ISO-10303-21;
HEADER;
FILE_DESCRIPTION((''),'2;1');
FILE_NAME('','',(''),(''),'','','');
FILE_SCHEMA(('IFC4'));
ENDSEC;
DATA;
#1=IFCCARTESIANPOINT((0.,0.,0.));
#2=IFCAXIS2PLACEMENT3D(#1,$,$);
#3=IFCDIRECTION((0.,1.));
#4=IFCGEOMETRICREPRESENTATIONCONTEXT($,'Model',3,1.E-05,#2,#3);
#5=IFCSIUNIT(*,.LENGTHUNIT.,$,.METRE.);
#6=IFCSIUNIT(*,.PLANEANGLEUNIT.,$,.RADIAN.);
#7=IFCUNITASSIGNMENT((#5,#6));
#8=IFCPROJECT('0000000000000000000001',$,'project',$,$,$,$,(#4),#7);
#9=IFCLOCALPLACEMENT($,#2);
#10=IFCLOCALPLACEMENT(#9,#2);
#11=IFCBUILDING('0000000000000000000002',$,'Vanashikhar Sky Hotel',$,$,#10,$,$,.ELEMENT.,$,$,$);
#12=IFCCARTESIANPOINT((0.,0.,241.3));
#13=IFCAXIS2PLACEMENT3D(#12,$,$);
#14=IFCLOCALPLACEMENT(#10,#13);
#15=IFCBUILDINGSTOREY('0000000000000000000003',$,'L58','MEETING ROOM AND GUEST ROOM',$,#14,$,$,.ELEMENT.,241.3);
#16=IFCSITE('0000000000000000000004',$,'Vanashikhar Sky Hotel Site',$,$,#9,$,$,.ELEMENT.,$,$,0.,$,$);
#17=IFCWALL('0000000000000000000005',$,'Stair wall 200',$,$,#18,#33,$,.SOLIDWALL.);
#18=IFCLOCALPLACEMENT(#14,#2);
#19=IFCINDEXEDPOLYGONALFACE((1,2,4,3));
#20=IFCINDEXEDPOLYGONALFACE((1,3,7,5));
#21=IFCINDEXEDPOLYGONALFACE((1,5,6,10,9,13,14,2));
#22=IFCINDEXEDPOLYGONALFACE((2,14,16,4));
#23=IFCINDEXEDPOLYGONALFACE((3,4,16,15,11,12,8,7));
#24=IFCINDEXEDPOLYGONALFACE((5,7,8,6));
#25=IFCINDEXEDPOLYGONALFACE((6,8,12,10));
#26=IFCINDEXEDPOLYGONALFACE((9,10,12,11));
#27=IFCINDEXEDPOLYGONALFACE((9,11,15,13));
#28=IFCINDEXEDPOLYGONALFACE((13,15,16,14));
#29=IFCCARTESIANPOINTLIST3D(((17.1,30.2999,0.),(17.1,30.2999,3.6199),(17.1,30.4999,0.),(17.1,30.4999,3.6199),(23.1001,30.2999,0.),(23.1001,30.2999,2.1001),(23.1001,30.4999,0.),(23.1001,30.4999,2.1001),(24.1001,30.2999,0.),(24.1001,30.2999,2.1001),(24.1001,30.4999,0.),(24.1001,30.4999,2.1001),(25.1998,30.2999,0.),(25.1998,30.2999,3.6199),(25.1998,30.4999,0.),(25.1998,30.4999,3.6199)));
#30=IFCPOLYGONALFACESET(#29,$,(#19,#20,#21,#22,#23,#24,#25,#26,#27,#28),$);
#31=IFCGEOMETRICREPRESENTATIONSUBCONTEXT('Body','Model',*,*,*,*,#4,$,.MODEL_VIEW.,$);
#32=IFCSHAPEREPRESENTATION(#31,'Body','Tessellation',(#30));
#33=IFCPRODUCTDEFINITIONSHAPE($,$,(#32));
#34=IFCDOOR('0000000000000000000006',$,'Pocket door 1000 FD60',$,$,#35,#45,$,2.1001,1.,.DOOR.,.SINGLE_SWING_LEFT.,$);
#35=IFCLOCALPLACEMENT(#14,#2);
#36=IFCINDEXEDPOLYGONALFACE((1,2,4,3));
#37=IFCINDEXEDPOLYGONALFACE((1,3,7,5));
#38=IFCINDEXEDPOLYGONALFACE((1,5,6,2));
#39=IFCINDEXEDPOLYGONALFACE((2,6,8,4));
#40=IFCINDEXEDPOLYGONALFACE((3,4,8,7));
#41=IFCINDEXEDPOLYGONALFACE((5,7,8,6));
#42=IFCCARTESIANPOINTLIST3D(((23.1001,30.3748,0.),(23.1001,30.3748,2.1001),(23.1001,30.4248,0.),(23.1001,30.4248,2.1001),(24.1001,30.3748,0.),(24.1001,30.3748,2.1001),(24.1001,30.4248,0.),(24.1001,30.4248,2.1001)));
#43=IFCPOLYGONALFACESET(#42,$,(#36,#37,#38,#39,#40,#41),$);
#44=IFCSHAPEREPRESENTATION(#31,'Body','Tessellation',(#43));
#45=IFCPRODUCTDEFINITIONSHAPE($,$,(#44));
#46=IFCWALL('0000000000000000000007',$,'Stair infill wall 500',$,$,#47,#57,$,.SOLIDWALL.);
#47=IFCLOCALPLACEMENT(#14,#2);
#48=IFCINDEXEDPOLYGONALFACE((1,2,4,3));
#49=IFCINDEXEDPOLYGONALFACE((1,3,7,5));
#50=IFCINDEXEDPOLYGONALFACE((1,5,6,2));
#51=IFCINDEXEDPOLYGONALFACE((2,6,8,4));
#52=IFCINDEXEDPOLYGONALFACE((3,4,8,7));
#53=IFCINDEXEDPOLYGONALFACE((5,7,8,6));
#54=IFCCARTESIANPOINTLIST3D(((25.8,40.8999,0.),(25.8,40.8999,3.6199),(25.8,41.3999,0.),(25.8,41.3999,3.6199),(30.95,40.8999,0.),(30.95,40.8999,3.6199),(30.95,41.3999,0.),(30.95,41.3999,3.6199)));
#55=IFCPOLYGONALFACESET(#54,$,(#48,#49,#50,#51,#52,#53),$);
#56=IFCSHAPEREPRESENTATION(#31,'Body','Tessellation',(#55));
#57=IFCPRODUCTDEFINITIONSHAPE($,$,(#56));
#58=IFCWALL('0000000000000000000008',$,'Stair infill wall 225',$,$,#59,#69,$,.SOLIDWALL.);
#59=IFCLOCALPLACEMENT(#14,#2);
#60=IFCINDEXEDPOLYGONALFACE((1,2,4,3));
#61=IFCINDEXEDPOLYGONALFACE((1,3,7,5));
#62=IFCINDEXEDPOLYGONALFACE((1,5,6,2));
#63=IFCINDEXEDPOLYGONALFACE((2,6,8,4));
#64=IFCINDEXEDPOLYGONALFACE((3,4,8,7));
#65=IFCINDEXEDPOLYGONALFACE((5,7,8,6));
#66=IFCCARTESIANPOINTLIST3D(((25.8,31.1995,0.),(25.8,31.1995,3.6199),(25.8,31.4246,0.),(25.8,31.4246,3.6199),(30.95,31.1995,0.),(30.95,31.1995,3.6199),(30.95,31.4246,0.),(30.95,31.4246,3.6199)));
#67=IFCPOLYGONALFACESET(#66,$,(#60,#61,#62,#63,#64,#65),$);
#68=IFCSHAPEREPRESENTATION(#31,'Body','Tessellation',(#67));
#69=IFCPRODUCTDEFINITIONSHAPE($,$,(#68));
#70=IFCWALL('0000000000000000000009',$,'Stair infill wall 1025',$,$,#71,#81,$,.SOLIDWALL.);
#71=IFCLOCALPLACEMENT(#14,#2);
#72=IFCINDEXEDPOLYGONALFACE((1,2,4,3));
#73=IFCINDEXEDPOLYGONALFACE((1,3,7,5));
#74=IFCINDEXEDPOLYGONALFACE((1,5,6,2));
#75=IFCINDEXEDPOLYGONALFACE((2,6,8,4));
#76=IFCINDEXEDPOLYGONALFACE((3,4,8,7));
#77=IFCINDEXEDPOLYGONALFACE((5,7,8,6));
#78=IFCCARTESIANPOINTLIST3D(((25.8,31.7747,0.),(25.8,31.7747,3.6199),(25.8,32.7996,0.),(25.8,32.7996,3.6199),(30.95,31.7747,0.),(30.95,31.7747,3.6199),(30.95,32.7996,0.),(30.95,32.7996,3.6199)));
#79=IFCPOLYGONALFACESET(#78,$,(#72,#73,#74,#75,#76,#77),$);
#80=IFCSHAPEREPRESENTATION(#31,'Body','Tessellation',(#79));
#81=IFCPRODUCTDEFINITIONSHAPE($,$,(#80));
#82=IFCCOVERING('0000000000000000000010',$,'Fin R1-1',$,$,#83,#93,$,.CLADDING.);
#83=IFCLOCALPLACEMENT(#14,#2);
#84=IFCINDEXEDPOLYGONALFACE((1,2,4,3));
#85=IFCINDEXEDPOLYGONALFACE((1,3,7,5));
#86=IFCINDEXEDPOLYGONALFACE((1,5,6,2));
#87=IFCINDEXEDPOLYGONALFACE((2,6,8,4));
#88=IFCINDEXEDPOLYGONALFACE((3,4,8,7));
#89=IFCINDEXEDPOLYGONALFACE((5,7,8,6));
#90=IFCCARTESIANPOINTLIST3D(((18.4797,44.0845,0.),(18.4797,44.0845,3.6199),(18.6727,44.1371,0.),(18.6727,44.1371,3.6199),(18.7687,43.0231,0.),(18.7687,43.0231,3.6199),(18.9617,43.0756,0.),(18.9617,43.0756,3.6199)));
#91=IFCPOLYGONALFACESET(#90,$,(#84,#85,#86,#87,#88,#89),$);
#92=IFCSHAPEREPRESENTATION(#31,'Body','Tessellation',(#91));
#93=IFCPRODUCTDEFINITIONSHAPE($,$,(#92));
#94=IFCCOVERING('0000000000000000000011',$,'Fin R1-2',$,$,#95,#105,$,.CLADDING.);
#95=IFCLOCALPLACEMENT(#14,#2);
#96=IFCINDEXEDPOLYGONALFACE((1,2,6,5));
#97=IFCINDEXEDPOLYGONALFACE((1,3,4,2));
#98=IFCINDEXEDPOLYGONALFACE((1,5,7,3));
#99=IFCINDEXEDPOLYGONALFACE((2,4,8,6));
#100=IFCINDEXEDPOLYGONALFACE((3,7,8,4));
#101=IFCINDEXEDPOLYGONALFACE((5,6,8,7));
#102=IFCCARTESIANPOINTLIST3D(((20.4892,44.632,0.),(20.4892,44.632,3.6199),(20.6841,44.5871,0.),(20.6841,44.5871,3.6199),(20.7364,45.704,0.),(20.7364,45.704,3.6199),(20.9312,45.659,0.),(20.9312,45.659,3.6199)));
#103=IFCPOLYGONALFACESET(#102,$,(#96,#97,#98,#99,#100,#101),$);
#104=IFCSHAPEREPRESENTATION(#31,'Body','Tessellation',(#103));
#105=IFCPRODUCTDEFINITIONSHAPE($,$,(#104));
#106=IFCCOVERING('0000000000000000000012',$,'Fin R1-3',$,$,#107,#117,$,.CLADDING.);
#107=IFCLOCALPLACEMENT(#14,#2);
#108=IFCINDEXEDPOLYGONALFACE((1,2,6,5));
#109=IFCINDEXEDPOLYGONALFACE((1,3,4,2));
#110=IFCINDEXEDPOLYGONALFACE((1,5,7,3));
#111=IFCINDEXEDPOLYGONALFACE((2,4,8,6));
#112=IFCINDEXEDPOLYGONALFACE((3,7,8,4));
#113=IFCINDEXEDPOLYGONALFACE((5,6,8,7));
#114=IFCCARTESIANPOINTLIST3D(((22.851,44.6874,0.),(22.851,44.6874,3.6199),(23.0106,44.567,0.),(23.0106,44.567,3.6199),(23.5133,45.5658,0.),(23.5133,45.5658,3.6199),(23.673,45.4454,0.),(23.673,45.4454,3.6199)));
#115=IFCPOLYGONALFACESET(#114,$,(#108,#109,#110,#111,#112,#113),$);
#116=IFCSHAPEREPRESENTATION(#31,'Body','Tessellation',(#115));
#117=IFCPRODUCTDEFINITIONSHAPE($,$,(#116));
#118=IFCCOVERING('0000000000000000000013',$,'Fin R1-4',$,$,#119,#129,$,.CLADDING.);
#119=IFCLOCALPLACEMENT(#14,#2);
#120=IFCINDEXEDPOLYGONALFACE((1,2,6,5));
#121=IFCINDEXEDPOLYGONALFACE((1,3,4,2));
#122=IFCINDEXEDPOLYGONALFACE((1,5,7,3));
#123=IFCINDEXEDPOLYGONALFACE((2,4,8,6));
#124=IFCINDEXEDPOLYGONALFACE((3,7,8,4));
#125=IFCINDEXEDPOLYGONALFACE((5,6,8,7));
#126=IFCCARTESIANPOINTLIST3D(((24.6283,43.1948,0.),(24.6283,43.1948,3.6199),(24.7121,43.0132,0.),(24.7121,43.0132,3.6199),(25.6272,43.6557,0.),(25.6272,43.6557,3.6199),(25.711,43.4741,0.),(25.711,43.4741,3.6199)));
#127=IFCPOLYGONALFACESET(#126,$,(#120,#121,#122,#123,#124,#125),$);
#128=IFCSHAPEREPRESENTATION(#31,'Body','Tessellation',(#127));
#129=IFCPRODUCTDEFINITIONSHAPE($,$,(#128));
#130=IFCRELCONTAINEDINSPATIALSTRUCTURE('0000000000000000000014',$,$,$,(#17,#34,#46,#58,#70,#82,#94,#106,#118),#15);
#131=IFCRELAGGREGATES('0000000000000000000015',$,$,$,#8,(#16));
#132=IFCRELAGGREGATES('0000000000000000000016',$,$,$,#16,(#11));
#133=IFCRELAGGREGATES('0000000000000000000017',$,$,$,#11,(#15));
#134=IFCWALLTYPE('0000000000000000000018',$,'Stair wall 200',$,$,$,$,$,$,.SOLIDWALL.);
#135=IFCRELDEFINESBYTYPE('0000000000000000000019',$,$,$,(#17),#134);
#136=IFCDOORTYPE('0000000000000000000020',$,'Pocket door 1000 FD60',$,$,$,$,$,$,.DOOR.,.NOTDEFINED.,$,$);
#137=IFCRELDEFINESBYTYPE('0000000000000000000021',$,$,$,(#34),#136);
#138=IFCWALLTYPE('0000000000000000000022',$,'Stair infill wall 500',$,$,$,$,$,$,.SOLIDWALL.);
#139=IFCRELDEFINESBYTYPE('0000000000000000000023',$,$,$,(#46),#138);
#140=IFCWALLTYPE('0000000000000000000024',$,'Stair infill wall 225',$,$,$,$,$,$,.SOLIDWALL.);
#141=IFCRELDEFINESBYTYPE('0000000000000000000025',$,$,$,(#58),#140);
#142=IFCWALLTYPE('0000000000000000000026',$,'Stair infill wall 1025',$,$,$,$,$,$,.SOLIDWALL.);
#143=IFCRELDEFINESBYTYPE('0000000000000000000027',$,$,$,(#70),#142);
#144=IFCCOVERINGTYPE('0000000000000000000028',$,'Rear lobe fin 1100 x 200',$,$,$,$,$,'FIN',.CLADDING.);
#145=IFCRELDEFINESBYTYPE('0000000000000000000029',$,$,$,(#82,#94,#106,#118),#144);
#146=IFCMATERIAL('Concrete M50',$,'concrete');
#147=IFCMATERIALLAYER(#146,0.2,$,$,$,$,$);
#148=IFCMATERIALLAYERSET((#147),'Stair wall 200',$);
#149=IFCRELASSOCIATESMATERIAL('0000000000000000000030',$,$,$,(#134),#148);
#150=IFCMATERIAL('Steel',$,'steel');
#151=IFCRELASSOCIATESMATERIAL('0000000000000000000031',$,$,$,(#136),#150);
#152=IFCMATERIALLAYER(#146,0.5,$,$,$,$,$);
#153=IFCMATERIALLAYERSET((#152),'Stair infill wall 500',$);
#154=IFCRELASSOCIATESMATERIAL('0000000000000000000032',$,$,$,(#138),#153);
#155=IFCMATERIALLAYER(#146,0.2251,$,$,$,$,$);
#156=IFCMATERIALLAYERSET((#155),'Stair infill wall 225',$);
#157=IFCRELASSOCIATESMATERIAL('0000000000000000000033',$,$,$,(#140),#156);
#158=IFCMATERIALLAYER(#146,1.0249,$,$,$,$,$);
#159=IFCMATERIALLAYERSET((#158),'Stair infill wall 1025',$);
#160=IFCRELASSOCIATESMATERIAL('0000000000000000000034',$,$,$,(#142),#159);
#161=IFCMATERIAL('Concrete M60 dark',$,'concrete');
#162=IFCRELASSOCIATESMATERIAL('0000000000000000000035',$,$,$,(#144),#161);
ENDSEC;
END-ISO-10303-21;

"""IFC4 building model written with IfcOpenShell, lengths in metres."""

from ifc_helpers import new_model, si_unit, direction, frame, frame_2d, origin, origin_2d, place, context, subcontext, project, spatial, rectangle, extrude, source, transform, mapped, material, layer, layer_set, material_profile, profile_set, type_object, element, fill, save


model = new_model("IFC4")

# Units and contexts
model_context = context("Model", 3, precision=1e-05, world=origin(), true_north=direction((0.0, 1.0)))
body_context = subcontext(model_context, "Body", "Model", "MODEL_VIEW")
ifc_project = project(units=[si_unit("LENGTHUNIT", "METRE"), si_unit("PLANEANGLEUNIT", "RADIAN")], contexts=[model_context])

# Site, building, storey
site_placement = place(None, origin())
site = spatial("IfcSite", under=ifc_project, at=site_placement, Name="Vanashikhar Sky Hotel Site", CompositionType="ELEMENT", RefElevation=0.0)
building_placement = place(site_placement, origin())
building = spatial("IfcBuilding", under=site, at=building_placement, Name="Vanashikhar Sky Hotel", CompositionType="ELEMENT")
storey_placement = place(building_placement, frame((0.0, 0.0, 241.3)))
storey = spatial("IfcBuildingStorey", under=building, at=storey_placement, Name="L58", Description="MEETING ROOM AND GUEST ROOM", CompositionType="ELEMENT", Elevation=241.3)

# Shared definitions
ifc_material_1 = material(Name="Concrete M50", Category="concrete")

# Wall, opening, door
ifc_layer_1 = layer(ifc_material_1, 0.2)
ifc_layer_set_1 = layer_set([ifc_layer_1], Name="Stair wall 200")
wall_type_1 = type_object("IfcWallType", Name="Stair wall 200", PredefinedType="SOLIDWALL", material=ifc_layer_set_1)
shared_shape_1 = source(origin(), body_context, "Body", "SweptSolid", [
    extrude(rectangle(XDim=8.0999, YDim=0.2, at=frame_2d((4.0498, 0.0))), origin(), (0.0, 0.0, 1.0), 3.6199),
])
wall_1_placement = place(storey_placement, frame((17.1001, 30.3999, 0.0), z_axis=(0.0, 0.0, 1.0), x_axis=(1.0, 0.0, 0.0)))
wall_1 = element("IfcWall", 1, at=wall_1_placement, inside=storey, type_object=wall_type_1, Name="Stair wall 200", PredefinedType="SOLIDWALL", context=body_context, shape_type="MappedRepresentation", body=[
    mapped(shared_shape_1, transform((0.0, 0.0, 0.0), scale=1.0)),
])
shared_shape_2 = source(origin(), body_context, "Body", "SweptSolid", [
    extrude(rectangle(XDim=1.0, YDim=2.1001, at=frame_2d((0.5, 1.05))), frame((0.0, 0.1099, 0.0), z_axis=(0.0, -1.0, 0.0), x_axis=(1.0, 0.0, 0.0)), (0.0, 0.0, 1.0), 0.22),
])
opening_1_placement = place(wall_1_placement, frame((6.0, 0.0, 0.0)))
opening_1 = element("IfcOpeningElement", 2, at=opening_1_placement, cuts=wall_1, PredefinedType="OPENING", context=body_context, shape_type="MappedRepresentation", body=[
    mapped(shared_shape_2, transform((0.0, 0.0, 0.0), scale=1.0)),
])
ifc_material_2 = material(Name="Steel", Category="steel")
door_type_1 = type_object("IfcDoorType", Name="Pocket door 1000 FD60", OperationType="NOTDEFINED", PredefinedType="DOOR", material=ifc_material_2)
shared_shape_3 = source(origin(), body_context, "Body", "SweptSolid", [
    extrude(rectangle(XDim=1.0, YDim=2.1001, at=frame_2d((0.5, 1.05))), frame((0.0, 0.0249, 0.0), z_axis=(0.0, -1.0, 0.0), x_axis=(1.0, 0.0, 0.0)), (0.0, 0.0, 1.0), 0.05),
])
door_1_placement = place(opening_1_placement, origin())
door_1 = element("IfcDoor", 3, at=door_1_placement, inside=storey, type_object=door_type_1, Name="Pocket door 1000 FD60", OperationType="SINGLE_SWING_LEFT", OverallHeight=2.1001, OverallWidth=1.0, PredefinedType="DOOR", context=body_context, shape_type="MappedRepresentation", body=[
    mapped(shared_shape_3, transform((0.0, 0.0, 0.0), scale=1.0)),
])
fill(opening_1, door_1)

# Walls
ifc_layer_2 = layer(ifc_material_1, 0.5)
ifc_layer_set_2 = layer_set([ifc_layer_2], Name="Stair infill wall 500")
wall_type_2 = type_object("IfcWallType", Name="Stair infill wall 500", PredefinedType="SOLIDWALL", material=ifc_layer_set_2)
shared_shape_4 = source(origin(), body_context, "Body", "SweptSolid", [
    extrude(rectangle(XDim=5.1499, YDim=0.5, at=frame_2d((2.575, 0.0))), origin(), (0.0, 0.0, 1.0), 3.6199),
])
wall_2_placement = place(storey_placement, frame((25.8, 41.1499, 0.0), z_axis=(0.0, 0.0, 1.0), x_axis=(1.0, 0.0, 0.0)))
element("IfcWall", 4, at=wall_2_placement, inside=storey, type_object=wall_type_2, Name="Stair infill wall 500", PredefinedType="SOLIDWALL", context=body_context, shape_type="MappedRepresentation", body=[
    mapped(shared_shape_4, transform((0.0, 0.0, 0.0), scale=1.0)),
])
ifc_layer_3 = layer(ifc_material_1, 0.2251)
ifc_layer_set_3 = layer_set([ifc_layer_3], Name="Stair infill wall 225")
wall_type_3 = type_object("IfcWallType", Name="Stair infill wall 225", PredefinedType="SOLIDWALL", material=ifc_layer_set_3)
shared_shape_5 = source(origin(), body_context, "Body", "SweptSolid", [
    extrude(rectangle(XDim=5.1499, YDim=0.2251, at=frame_2d((2.575, 0.0))), origin(), (0.0, 0.0, 1.0), 3.6199),
])
wall_3_placement = place(storey_placement, frame((25.8, 31.312, 0.0), z_axis=(0.0, 0.0, 1.0), x_axis=(1.0, 0.0, 0.0)))
element("IfcWall", 5, at=wall_3_placement, inside=storey, type_object=wall_type_3, Name="Stair infill wall 225", PredefinedType="SOLIDWALL", context=body_context, shape_type="MappedRepresentation", body=[
    mapped(shared_shape_5, transform((0.0, 0.0, 0.0), scale=1.0)),
])
ifc_layer_4 = layer(ifc_material_1, 1.0249)
ifc_layer_set_4 = layer_set([ifc_layer_4], Name="Stair infill wall 1025")
wall_type_4 = type_object("IfcWallType", Name="Stair infill wall 1025", PredefinedType="SOLIDWALL", material=ifc_layer_set_4)
shared_shape_6 = source(origin(), body_context, "Body", "SweptSolid", [
    extrude(rectangle(XDim=5.1499, YDim=1.0249, at=frame_2d((2.575, 0.0))), origin(), (0.0, 0.0, 1.0), 3.6199),
])
wall_4_placement = place(storey_placement, frame((25.8, 32.2871, 0.0), z_axis=(0.0, 0.0, 1.0), x_axis=(1.0, 0.0, 0.0)))
element("IfcWall", 6, at=wall_4_placement, inside=storey, type_object=wall_type_4, Name="Stair infill wall 1025", PredefinedType="SOLIDWALL", context=body_context, shape_type="MappedRepresentation", body=[
    mapped(shared_shape_6, transform((0.0, 0.0, 0.0), scale=1.0)),
])

# Coverings
ifc_material_3 = material(Name="Concrete M60 dark", Category="concrete")
ifc_material_profile = material_profile(ifc_material_3, rectangle(XDim=1.1001, YDim=0.2, at=origin_2d()))
ifc_profile_set = profile_set([ifc_material_profile], Name="Rear lobe fin 1100 x 200")
covering_type = type_object("IfcCoveringType", Name="Rear lobe fin 1100 x 200", ElementType="FIN", PredefinedType="CLADDING", material=ifc_profile_set)
shared_shape_7 = source(origin(), body_context, "Body", "SweptSolid", [
    extrude(rectangle(XDim=1.1001, YDim=0.2, at=origin_2d()), origin(), (0.0, 0.0, 1.0), 3.6199),
])
for number, where, z_axis, x_axis, name in (
    (7, (18.7207, 43.5801, 0.0), (0.0, 0.0, 1.0), (-0.262711, 0.964874, 0.0), "Fin R1-1"),
    (8, (20.7102, 45.1455, 0.0), (0.0, 0.0, 1.0), (0.224645, 0.974441, 0.0), "Fin R1-2"),
    (9, (23.262, 45.0664, 0.0), (0.0, 0.0, 1.0), (0.602066, 0.798446, 0.0), "Fin R1-3"),
    (10, (25.1697, 43.3345, 0.0), (0.0, 0.0, 1.0), (0.908004, 0.418961, 0.0), "Fin R1-4"),
):
    element("IfcCovering", number, at=place(storey_placement, frame(where, z_axis=z_axis, x_axis=x_axis)), inside=storey, type_object=covering_type, Name=name, PredefinedType="CLADDING", context=body_context, shape_type="MappedRepresentation", body=[
        mapped(shared_shape_7, transform((0.0, 0.0, 0.0), scale=1.0)),
    ])

save(model, "model.ifc")
